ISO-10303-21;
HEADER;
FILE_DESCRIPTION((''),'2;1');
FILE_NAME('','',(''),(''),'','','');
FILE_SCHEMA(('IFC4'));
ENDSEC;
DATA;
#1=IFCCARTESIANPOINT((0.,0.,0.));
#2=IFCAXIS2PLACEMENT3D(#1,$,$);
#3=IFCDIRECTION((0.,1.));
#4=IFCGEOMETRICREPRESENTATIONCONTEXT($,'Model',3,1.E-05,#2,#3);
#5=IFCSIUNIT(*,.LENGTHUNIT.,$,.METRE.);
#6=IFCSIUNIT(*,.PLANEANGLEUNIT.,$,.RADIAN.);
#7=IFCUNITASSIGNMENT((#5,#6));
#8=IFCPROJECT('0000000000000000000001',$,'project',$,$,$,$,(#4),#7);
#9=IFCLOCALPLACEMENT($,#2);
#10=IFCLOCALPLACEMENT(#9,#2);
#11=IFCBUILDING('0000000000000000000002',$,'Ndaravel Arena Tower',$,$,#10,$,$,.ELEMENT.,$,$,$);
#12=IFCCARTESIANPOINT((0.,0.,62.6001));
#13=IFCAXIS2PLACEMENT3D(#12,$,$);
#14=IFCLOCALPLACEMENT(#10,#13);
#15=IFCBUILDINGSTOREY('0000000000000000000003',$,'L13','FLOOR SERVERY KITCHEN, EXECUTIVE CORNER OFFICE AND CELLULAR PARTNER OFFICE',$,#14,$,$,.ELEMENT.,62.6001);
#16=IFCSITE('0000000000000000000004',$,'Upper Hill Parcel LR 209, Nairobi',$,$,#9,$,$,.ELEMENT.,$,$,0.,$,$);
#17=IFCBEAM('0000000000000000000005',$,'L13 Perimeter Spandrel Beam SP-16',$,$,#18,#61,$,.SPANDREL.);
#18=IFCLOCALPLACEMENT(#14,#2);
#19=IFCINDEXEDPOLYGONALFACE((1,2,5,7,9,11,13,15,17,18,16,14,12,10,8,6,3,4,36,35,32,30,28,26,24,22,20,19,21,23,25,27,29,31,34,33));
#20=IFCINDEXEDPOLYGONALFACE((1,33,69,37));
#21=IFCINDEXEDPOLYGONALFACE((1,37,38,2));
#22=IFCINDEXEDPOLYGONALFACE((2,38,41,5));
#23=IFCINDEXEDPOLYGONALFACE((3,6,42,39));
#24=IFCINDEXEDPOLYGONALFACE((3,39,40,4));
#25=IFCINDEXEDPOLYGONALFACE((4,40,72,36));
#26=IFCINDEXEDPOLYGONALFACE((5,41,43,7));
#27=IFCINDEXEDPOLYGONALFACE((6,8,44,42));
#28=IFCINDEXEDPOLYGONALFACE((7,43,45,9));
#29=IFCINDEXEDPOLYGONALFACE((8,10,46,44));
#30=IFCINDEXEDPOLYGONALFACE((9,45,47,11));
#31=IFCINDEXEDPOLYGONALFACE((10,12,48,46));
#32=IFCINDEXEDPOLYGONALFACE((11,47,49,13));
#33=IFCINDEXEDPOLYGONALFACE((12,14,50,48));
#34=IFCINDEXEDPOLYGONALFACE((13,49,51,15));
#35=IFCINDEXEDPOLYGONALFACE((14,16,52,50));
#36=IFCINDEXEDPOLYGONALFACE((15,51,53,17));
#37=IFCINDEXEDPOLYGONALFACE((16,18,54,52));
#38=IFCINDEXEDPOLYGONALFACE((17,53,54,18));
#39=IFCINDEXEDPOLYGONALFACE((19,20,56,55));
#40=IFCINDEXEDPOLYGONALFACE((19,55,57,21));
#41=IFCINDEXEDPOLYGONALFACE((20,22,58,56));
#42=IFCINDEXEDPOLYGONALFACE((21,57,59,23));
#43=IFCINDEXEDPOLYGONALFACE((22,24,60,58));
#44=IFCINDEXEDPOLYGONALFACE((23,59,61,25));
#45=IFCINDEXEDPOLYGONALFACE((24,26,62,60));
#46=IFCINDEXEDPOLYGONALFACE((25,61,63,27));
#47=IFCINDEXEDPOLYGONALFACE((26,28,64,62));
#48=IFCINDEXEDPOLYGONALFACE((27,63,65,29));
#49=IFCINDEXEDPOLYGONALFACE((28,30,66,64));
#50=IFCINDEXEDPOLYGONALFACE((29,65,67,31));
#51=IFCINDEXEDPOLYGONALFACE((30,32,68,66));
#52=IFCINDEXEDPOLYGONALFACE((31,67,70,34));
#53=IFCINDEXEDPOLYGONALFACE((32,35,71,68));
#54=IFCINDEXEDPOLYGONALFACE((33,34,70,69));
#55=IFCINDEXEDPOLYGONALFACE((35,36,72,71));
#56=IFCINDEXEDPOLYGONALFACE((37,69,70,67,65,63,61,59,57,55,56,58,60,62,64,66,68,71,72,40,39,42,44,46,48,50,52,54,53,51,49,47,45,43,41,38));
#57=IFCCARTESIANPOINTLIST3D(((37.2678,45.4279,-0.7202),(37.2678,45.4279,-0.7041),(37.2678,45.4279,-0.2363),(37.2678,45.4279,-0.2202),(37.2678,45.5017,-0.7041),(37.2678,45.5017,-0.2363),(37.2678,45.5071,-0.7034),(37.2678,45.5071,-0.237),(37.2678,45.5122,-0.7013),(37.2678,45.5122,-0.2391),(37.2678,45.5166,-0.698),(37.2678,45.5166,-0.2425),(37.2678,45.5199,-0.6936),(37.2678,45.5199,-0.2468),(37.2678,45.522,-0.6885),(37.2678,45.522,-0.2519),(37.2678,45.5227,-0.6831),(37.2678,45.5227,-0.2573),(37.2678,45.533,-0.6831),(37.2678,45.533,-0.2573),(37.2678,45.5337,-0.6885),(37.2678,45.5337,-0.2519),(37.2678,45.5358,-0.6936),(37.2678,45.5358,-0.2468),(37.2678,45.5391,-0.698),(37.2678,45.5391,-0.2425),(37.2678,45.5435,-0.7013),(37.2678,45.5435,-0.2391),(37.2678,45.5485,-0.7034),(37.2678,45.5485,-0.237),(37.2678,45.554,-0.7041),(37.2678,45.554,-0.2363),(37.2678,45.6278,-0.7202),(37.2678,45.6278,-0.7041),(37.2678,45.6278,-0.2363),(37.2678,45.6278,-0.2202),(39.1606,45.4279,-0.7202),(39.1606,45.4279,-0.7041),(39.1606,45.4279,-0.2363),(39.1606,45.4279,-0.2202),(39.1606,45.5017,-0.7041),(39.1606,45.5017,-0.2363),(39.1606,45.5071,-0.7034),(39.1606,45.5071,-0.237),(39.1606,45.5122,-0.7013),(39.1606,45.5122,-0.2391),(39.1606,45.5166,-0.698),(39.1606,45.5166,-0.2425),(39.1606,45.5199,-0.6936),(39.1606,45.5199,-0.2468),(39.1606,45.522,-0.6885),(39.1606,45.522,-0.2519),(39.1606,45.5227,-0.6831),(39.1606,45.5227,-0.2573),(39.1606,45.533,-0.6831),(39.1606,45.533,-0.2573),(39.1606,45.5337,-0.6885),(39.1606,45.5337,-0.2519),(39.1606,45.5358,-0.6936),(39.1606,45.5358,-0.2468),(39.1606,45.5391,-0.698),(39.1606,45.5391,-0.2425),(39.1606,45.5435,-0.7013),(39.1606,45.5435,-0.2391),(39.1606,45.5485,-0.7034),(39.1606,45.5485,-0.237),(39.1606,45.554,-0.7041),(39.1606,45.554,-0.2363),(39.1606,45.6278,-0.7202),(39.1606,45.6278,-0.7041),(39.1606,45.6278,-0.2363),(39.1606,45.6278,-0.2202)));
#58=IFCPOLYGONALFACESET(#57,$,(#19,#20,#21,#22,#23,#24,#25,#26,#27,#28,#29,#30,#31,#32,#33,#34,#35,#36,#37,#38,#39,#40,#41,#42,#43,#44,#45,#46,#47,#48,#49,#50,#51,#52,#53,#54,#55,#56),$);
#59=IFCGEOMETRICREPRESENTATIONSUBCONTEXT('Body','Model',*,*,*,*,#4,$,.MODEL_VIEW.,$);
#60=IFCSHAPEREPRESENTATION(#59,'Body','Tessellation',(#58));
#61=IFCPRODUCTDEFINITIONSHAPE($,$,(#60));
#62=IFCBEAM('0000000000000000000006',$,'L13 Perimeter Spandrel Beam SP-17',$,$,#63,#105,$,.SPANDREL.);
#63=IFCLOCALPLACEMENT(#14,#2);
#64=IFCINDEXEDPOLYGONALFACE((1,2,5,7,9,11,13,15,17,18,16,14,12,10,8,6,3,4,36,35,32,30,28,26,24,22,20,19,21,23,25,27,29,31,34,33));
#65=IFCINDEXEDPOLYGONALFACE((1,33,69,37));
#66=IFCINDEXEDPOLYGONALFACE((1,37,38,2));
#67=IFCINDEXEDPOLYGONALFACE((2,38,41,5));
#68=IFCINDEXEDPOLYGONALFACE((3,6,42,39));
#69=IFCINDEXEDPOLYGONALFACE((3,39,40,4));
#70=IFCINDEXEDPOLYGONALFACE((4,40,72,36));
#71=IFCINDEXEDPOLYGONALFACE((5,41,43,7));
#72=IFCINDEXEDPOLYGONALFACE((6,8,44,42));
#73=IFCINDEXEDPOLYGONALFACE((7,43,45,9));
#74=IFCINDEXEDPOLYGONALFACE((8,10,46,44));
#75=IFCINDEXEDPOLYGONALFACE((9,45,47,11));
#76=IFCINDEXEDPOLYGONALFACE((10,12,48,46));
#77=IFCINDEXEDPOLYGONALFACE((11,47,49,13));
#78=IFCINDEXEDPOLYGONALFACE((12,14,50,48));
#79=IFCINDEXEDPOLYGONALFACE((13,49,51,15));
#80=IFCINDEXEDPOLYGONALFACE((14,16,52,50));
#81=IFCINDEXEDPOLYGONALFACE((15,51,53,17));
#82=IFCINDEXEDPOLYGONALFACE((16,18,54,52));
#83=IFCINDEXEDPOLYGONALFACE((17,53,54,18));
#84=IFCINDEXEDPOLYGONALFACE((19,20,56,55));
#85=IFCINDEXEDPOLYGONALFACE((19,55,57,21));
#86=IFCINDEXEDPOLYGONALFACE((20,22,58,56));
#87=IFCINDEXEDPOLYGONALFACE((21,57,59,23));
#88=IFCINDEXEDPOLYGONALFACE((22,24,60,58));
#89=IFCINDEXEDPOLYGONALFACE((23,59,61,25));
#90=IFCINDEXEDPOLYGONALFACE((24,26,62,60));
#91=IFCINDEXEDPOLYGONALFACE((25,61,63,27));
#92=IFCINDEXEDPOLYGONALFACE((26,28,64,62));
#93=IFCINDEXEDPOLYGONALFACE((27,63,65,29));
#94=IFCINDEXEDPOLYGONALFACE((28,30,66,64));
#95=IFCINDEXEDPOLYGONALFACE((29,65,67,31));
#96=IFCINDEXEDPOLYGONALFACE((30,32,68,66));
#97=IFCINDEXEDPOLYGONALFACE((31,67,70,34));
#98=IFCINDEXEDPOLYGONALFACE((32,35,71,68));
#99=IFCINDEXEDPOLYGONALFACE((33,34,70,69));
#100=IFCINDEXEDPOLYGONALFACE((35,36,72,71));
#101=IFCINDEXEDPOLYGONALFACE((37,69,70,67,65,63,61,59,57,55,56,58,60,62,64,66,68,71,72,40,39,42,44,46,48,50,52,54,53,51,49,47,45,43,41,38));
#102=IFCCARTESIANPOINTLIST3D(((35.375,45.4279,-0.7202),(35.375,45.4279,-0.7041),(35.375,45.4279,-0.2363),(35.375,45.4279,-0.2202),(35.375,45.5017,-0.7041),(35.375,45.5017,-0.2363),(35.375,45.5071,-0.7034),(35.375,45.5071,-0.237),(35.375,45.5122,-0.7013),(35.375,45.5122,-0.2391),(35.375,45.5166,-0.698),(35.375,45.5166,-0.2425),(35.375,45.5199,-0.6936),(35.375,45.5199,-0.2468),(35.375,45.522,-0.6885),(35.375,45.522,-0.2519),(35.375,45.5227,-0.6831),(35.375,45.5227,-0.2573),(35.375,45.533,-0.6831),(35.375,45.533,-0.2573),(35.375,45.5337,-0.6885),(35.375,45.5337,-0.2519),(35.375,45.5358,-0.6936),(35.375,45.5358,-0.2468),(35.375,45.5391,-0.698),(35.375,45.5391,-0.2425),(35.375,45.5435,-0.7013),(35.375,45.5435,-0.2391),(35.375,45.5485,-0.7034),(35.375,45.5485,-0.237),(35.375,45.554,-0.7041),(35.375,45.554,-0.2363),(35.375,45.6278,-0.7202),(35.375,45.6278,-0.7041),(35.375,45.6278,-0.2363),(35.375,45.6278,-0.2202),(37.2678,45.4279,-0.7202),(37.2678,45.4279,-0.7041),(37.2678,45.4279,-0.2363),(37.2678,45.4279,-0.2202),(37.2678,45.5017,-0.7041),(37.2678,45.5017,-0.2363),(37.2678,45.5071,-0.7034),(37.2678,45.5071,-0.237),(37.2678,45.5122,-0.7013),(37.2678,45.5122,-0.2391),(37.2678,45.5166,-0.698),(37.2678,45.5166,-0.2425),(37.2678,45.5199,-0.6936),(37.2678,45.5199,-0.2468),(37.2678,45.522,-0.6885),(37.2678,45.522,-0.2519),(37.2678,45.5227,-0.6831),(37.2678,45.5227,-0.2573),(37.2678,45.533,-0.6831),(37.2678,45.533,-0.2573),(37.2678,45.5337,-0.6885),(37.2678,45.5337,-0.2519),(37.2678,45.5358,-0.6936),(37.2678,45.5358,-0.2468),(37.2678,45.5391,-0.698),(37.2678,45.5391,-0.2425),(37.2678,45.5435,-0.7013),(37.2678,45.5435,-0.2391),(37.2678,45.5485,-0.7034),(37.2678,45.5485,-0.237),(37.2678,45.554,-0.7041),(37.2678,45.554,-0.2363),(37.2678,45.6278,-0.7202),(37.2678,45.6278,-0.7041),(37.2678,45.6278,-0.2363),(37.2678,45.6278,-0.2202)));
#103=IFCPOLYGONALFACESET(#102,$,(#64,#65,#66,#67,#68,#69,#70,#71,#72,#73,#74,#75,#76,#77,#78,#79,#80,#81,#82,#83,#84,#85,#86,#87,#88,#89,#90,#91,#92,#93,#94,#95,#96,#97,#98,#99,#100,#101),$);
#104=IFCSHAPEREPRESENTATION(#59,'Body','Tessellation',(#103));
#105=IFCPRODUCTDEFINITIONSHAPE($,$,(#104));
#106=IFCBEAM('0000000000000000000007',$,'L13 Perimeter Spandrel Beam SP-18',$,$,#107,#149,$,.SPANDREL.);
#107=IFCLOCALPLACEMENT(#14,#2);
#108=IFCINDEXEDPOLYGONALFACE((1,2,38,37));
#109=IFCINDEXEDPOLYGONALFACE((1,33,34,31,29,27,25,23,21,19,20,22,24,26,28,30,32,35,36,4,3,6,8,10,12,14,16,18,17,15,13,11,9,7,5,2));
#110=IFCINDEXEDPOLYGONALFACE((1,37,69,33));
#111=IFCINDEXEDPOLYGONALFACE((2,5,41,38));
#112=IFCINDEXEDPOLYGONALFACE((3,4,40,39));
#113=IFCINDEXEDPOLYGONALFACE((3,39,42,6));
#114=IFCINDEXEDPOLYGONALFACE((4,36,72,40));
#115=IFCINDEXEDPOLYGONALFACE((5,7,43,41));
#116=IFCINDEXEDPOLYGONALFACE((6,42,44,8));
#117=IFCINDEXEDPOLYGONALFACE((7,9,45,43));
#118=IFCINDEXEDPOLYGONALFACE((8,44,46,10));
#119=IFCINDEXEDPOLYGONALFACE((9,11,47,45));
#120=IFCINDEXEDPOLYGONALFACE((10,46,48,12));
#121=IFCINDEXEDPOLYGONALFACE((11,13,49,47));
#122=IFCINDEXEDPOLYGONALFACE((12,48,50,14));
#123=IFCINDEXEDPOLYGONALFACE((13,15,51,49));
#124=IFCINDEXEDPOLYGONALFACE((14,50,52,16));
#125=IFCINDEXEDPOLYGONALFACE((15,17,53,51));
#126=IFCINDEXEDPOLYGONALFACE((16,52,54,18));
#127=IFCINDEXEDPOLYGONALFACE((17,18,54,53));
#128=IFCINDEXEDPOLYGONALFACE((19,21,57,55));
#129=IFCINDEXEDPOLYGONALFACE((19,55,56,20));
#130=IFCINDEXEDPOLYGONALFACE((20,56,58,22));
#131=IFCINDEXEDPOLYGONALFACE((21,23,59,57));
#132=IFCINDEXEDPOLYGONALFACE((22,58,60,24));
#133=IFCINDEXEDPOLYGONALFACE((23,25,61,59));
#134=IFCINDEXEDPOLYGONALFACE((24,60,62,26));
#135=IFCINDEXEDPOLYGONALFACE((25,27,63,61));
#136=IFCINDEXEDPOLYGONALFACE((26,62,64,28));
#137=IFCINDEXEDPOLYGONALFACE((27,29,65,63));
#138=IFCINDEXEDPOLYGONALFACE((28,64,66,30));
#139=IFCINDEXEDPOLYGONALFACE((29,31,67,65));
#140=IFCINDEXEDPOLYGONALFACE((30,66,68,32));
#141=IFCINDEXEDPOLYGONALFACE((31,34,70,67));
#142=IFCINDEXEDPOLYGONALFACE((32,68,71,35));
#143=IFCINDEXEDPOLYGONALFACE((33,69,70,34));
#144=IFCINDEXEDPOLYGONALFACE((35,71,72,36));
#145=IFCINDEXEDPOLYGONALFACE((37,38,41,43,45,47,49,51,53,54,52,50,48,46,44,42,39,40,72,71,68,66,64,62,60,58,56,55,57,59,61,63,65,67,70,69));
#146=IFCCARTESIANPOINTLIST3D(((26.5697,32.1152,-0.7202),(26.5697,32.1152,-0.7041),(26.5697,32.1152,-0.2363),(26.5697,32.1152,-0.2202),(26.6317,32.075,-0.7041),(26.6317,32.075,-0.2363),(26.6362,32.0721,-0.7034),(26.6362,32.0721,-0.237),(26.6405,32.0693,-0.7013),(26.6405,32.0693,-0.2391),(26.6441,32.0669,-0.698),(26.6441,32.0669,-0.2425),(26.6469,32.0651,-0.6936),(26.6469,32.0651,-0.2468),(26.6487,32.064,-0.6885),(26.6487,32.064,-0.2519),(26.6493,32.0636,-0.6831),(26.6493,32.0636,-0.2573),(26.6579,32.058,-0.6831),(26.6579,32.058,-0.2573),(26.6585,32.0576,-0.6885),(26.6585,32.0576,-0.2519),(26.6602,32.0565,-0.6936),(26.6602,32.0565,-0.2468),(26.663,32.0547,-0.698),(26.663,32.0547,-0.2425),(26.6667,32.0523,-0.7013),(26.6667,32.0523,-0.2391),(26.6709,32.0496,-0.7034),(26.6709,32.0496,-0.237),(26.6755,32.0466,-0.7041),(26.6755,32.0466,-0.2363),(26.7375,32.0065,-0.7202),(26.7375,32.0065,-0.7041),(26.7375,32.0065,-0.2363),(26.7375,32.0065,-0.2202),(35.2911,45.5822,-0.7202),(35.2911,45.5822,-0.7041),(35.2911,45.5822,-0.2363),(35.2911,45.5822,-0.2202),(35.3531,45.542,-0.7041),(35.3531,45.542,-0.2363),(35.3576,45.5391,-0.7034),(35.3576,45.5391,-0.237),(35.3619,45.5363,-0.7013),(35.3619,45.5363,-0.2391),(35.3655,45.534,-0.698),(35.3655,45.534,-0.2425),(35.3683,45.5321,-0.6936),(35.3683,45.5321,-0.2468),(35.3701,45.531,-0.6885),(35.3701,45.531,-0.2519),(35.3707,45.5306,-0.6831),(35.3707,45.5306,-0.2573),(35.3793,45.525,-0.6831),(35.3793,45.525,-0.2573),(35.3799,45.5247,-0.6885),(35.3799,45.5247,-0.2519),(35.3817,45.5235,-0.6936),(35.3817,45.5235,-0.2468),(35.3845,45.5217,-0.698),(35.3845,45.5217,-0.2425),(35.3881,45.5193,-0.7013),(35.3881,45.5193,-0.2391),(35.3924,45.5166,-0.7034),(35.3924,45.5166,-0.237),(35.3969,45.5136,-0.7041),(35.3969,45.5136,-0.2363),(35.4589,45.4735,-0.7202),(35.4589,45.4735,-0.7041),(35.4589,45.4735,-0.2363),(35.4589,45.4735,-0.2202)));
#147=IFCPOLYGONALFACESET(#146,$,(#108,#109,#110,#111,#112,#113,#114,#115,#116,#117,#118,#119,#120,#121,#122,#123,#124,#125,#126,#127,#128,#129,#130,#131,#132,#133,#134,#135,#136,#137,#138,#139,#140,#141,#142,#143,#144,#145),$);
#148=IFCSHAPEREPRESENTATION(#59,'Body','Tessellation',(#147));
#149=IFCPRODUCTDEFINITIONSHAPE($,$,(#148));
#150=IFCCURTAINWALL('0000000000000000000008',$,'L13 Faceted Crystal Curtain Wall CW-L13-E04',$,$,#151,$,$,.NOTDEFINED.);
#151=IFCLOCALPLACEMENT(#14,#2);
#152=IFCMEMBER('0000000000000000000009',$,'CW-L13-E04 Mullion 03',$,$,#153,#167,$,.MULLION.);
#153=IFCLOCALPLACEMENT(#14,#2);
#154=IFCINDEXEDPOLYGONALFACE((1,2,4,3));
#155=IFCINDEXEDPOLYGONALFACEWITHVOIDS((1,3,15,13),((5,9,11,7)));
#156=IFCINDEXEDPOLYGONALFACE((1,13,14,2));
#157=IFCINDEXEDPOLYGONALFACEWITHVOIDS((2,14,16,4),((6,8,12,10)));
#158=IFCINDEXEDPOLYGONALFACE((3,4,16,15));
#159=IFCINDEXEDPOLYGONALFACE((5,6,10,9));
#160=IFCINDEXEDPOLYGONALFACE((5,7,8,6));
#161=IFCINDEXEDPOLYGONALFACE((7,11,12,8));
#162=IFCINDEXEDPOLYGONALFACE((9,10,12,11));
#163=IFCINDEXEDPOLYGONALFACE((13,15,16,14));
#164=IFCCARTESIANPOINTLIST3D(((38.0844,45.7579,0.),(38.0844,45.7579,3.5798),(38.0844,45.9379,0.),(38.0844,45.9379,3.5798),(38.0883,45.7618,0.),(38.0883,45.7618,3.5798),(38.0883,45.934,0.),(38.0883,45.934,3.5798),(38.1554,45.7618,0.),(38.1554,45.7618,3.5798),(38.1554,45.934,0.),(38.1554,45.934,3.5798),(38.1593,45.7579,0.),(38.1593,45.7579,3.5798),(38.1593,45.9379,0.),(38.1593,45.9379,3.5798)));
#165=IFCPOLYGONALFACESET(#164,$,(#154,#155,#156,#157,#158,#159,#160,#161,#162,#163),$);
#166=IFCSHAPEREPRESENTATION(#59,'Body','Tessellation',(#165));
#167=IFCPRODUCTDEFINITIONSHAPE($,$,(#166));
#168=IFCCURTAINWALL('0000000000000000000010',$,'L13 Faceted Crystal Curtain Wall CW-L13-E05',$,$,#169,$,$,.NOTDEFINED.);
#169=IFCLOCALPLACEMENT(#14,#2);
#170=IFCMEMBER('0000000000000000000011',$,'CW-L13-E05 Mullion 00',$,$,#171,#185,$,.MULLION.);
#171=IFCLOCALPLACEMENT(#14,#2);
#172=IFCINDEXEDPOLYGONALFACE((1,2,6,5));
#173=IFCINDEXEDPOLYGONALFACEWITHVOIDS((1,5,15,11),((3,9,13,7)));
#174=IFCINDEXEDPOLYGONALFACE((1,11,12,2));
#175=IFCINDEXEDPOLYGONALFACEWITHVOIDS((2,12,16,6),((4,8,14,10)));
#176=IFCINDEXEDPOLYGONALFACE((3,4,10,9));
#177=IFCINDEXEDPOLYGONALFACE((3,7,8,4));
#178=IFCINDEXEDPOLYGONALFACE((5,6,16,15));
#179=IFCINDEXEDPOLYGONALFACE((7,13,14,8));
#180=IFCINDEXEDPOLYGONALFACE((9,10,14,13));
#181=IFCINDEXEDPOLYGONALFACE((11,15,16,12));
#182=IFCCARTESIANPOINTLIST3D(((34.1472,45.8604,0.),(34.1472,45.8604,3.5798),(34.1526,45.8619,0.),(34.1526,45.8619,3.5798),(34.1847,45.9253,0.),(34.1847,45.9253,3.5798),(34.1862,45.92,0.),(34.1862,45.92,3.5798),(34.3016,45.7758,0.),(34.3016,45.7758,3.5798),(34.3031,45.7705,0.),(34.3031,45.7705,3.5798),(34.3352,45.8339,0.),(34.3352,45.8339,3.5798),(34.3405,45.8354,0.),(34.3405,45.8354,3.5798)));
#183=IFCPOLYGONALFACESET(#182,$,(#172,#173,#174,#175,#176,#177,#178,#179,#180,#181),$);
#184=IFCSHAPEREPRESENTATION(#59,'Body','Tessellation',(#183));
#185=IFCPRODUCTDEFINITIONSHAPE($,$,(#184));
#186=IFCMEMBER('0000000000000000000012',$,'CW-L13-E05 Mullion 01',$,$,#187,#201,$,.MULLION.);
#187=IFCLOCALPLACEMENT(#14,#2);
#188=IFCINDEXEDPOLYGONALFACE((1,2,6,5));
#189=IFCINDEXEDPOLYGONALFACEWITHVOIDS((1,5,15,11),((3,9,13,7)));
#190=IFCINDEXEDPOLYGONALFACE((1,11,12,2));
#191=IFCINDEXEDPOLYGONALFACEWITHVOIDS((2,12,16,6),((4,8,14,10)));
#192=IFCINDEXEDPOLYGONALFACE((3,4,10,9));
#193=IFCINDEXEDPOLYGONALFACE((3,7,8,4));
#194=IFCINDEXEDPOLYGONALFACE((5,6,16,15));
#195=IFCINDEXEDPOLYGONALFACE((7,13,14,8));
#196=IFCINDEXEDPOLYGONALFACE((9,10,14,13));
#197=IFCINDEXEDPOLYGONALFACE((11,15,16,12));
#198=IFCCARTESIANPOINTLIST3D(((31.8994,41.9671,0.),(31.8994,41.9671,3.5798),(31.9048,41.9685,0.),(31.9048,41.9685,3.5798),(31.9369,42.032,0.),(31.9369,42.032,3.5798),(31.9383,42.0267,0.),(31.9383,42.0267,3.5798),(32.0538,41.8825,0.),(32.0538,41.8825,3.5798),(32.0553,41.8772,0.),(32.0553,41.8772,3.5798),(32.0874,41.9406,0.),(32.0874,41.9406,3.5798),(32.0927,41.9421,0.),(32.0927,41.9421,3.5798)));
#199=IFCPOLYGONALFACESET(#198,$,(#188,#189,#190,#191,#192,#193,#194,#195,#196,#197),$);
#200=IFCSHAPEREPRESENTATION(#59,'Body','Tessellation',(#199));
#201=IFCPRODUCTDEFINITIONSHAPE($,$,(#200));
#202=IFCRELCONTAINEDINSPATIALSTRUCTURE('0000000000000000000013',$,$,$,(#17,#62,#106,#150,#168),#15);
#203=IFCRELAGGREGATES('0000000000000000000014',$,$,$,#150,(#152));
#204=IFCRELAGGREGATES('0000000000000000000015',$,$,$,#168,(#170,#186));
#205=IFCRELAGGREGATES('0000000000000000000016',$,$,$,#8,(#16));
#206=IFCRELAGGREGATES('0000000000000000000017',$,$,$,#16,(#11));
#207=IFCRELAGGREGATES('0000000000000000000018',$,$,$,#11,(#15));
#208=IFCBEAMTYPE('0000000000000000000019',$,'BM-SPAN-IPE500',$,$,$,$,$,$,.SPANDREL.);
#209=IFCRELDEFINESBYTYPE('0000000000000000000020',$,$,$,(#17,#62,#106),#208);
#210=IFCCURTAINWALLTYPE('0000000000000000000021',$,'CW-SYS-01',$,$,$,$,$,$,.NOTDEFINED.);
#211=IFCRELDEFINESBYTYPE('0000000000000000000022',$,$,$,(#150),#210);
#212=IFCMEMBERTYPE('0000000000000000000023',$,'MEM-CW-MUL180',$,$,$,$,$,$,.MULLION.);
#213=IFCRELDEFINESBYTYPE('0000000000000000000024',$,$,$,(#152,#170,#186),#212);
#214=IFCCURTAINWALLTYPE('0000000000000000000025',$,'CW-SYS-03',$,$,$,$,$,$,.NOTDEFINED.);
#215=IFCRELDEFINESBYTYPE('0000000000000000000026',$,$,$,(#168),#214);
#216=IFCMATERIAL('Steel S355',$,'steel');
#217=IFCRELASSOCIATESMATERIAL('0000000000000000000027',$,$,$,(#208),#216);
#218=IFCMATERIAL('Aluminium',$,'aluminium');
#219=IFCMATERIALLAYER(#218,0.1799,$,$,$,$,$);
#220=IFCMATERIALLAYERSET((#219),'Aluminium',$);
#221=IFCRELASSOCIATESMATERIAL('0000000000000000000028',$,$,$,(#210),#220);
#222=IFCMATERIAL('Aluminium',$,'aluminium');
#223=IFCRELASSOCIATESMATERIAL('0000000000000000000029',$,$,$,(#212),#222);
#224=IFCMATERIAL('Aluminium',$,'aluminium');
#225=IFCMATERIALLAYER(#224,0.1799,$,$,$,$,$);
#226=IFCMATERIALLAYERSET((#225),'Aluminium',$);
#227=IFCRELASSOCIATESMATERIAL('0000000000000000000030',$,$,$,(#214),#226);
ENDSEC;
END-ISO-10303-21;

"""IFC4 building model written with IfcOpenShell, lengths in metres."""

from ifc_helpers import new_model, si_unit, direction, frame, origin, origin_2d, place, context, subcontext, project, spatial, hollow_rectangle, i_section, extrude, material, layer, layer_set, material_profile, profile_set, type_object, element, aggregate, save


model = new_model("IFC4")

# Units and contexts
model_context = context("Model", 3, precision=1e-05, world=origin(), true_north=direction((0.0, 1.0)))
body_context = subcontext(model_context, "Body", "Model", "MODEL_VIEW")
ifc_project = project(units=[si_unit("LENGTHUNIT", "METRE"), si_unit("PLANEANGLEUNIT", "RADIAN")], contexts=[model_context])

# Site, building, storey
site_placement = place(None, origin())
site = spatial("IfcSite", under=ifc_project, at=site_placement, Name="Upper Hill Parcel LR 209, Nairobi", CompositionType="ELEMENT", RefElevation=0.0)
building_placement = place(site_placement, origin())
building = spatial("IfcBuilding", under=site, at=building_placement, Name="Ndaravel Arena Tower", CompositionType="ELEMENT")
storey_placement = place(building_placement, frame((0.0, 0.0, 62.6001)))
storey = spatial("IfcBuildingStorey", under=building, at=storey_placement, Name="L13", Description="FLOOR SERVERY KITCHEN, EXECUTIVE CORNER OFFICE AND CELLULAR PARTNER OFFICE", CompositionType="ELEMENT", Elevation=62.6001)

# Beams
ifc_material_1 = material(Name="Steel S355", Category="steel")
ifc_material_profile_1 = material_profile(ifc_material_1, i_section(OverallWidth=0.2, OverallDepth=0.5, WebThickness=0.0103, FlangeThickness=0.0161, FilletRadius=0.021, at=origin_2d()), Name="IPE 500")
ifc_profile_set_1 = profile_set([ifc_material_profile_1], Name="Steel S355")
beam_type_1 = type_object("IfcBeamType", Name="BM-SPAN-IPE500", PredefinedType="SPANDREL", material=ifc_profile_set_1)
for number, where, z_axis, x_axis, name in (
    (1, (39.1606, 45.5278, -0.4702), (-1.0, 0.0, 0.0), (0.0, -1.0, 0.0), "L13 Perimeter Spandrel Beam SP-16"),
    (2, (37.2678, 45.5278, -0.4702), (-1.0, 0.0, 0.0), (0.0, -1.0, 0.0), "L13 Perimeter Spandrel Beam SP-17"),
):
    element("IfcBeam", number, at=place(storey_placement, frame(where, z_axis=z_axis, x_axis=x_axis)), inside=storey, type_object=beam_type_1, Name=name, PredefinedType="SPANDREL", context=body_context, shape_type="SweptSolid", body=[
        extrude(i_section(OverallWidth=0.2, OverallDepth=0.5, WebThickness=0.0103, FlangeThickness=0.0161, FilletRadius=0.021, at=origin_2d()), origin(), (0.0, 0.0, 1.0), 1.8928),
    ])
beam_1_placement = place(storey_placement, frame((35.375, 45.5278, -0.4702), z_axis=(-0.543579, -0.839358, 0.0), x_axis=(0.839358, -0.543579, 0.0)))
element("IfcBeam", 3, at=beam_1_placement, inside=storey, type_object=beam_type_1, Name="L13 Perimeter Spandrel Beam SP-18", PredefinedType="SPANDREL", context=body_context, shape_type="SweptSolid", body=[
    extrude(i_section(OverallWidth=0.2, OverallDepth=0.5, WebThickness=0.0103, FlangeThickness=0.0161, FilletRadius=0.021, at=origin_2d()), origin(), (0.0, 0.0, 1.0), 16.0444),
])

# Curtain wall, member
ifc_material_2 = material(Name="Aluminium", Category="aluminium")
ifc_layer_1 = layer(ifc_material_2, 0.1799)
ifc_layer_set_1 = layer_set([ifc_layer_1], Name="Aluminium")
curtain_wall_type_1 = type_object("IfcCurtainWallType", Name="CW-SYS-01", PredefinedType="NOTDEFINED", material=ifc_layer_set_1)
curtain_wall_1_placement = place(storey_placement, origin())
curtain_wall_1 = element("IfcCurtainWall", 4, at=curtain_wall_1_placement, inside=storey, type_object=curtain_wall_type_1, Name="L13 Faceted Crystal Curtain Wall CW-L13-E04", PredefinedType="NOTDEFINED")
ifc_material_3 = material(Name="Aluminium", Category="aluminium")
ifc_material_profile_2 = material_profile(ifc_material_3, hollow_rectangle(XDim=0.075, YDim=0.1799, WallThickness=0.0039, at=origin_2d()), Name="CW MULLION 75x180x4")
ifc_profile_set_2 = profile_set([ifc_material_profile_2], Name="Aluminium")
member_type_1 = type_object("IfcMemberType", Name="MEM-CW-MUL180", PredefinedType="MULLION", material=ifc_profile_set_2)
member_1_placement = place(storey_placement, frame((38.1218, 45.8479, 0.0), z_axis=(0.0, 0.0, 1.0), x_axis=(-1.0, 0.0, 0.0)))
member_1 = element("IfcMember", 5, at=member_1_placement, type_object=member_type_1, Name="CW-L13-E04 Mullion 03", PredefinedType="MULLION", context=body_context, shape_type="SweptSolid", body=[
    extrude(hollow_rectangle(XDim=0.075, YDim=0.1799, WallThickness=0.0039, at=origin_2d()), origin(), (0.0, 0.0, 1.0), 3.5798),
])

# Curtain wall, members
ifc_material_4 = material(Name="Aluminium", Category="aluminium")
ifc_layer_2 = layer(ifc_material_4, 0.1799)
ifc_layer_set_2 = layer_set([ifc_layer_2], Name="Aluminium")
curtain_wall_type_2 = type_object("IfcCurtainWallType", Name="CW-SYS-03", PredefinedType="NOTDEFINED", material=ifc_layer_set_2)
curtain_wall_2_placement = place(storey_placement, origin())
curtain_wall_2 = element("IfcCurtainWall", 6, at=curtain_wall_2_placement, inside=storey, type_object=curtain_wall_type_2, Name="L13 Faceted Crystal Curtain Wall CW-L13-E05", PredefinedType="NOTDEFINED")
member_2_placement = place(storey_placement, frame((34.2439, 45.8479, 0.0), z_axis=(0.0, 0.0, 1.0), x_axis=(-0.5, -0.866025, 0.0)))
member_2 = element("IfcMember", 7, at=member_2_placement, type_object=member_type_1, Name="CW-L13-E05 Mullion 00", PredefinedType="MULLION", context=body_context, shape_type="SweptSolid", body=[
    extrude(hollow_rectangle(XDim=0.075, YDim=0.1799, WallThickness=0.0039, at=origin_2d()), origin(), (0.0, 0.0, 1.0), 3.5798),
])
member_3_placement = place(storey_placement, frame((31.9961, 41.9546, 0.0), z_axis=(0.0, 0.0, 1.0), x_axis=(-0.5, -0.866025, 0.0)))
member_3 = element("IfcMember", 8, at=member_3_placement, type_object=member_type_1, Name="CW-L13-E05 Mullion 01", PredefinedType="MULLION", context=body_context, shape_type="SweptSolid", body=[
    extrude(hollow_rectangle(XDim=0.075, YDim=0.1799, WallThickness=0.0039, at=origin_2d()), origin(), (0.0, 0.0, 1.0), 3.5798),
])

aggregate(curtain_wall_1, [member_1])
aggregate(curtain_wall_2, [member_2, member_3])

save(model, "model.ifc")
